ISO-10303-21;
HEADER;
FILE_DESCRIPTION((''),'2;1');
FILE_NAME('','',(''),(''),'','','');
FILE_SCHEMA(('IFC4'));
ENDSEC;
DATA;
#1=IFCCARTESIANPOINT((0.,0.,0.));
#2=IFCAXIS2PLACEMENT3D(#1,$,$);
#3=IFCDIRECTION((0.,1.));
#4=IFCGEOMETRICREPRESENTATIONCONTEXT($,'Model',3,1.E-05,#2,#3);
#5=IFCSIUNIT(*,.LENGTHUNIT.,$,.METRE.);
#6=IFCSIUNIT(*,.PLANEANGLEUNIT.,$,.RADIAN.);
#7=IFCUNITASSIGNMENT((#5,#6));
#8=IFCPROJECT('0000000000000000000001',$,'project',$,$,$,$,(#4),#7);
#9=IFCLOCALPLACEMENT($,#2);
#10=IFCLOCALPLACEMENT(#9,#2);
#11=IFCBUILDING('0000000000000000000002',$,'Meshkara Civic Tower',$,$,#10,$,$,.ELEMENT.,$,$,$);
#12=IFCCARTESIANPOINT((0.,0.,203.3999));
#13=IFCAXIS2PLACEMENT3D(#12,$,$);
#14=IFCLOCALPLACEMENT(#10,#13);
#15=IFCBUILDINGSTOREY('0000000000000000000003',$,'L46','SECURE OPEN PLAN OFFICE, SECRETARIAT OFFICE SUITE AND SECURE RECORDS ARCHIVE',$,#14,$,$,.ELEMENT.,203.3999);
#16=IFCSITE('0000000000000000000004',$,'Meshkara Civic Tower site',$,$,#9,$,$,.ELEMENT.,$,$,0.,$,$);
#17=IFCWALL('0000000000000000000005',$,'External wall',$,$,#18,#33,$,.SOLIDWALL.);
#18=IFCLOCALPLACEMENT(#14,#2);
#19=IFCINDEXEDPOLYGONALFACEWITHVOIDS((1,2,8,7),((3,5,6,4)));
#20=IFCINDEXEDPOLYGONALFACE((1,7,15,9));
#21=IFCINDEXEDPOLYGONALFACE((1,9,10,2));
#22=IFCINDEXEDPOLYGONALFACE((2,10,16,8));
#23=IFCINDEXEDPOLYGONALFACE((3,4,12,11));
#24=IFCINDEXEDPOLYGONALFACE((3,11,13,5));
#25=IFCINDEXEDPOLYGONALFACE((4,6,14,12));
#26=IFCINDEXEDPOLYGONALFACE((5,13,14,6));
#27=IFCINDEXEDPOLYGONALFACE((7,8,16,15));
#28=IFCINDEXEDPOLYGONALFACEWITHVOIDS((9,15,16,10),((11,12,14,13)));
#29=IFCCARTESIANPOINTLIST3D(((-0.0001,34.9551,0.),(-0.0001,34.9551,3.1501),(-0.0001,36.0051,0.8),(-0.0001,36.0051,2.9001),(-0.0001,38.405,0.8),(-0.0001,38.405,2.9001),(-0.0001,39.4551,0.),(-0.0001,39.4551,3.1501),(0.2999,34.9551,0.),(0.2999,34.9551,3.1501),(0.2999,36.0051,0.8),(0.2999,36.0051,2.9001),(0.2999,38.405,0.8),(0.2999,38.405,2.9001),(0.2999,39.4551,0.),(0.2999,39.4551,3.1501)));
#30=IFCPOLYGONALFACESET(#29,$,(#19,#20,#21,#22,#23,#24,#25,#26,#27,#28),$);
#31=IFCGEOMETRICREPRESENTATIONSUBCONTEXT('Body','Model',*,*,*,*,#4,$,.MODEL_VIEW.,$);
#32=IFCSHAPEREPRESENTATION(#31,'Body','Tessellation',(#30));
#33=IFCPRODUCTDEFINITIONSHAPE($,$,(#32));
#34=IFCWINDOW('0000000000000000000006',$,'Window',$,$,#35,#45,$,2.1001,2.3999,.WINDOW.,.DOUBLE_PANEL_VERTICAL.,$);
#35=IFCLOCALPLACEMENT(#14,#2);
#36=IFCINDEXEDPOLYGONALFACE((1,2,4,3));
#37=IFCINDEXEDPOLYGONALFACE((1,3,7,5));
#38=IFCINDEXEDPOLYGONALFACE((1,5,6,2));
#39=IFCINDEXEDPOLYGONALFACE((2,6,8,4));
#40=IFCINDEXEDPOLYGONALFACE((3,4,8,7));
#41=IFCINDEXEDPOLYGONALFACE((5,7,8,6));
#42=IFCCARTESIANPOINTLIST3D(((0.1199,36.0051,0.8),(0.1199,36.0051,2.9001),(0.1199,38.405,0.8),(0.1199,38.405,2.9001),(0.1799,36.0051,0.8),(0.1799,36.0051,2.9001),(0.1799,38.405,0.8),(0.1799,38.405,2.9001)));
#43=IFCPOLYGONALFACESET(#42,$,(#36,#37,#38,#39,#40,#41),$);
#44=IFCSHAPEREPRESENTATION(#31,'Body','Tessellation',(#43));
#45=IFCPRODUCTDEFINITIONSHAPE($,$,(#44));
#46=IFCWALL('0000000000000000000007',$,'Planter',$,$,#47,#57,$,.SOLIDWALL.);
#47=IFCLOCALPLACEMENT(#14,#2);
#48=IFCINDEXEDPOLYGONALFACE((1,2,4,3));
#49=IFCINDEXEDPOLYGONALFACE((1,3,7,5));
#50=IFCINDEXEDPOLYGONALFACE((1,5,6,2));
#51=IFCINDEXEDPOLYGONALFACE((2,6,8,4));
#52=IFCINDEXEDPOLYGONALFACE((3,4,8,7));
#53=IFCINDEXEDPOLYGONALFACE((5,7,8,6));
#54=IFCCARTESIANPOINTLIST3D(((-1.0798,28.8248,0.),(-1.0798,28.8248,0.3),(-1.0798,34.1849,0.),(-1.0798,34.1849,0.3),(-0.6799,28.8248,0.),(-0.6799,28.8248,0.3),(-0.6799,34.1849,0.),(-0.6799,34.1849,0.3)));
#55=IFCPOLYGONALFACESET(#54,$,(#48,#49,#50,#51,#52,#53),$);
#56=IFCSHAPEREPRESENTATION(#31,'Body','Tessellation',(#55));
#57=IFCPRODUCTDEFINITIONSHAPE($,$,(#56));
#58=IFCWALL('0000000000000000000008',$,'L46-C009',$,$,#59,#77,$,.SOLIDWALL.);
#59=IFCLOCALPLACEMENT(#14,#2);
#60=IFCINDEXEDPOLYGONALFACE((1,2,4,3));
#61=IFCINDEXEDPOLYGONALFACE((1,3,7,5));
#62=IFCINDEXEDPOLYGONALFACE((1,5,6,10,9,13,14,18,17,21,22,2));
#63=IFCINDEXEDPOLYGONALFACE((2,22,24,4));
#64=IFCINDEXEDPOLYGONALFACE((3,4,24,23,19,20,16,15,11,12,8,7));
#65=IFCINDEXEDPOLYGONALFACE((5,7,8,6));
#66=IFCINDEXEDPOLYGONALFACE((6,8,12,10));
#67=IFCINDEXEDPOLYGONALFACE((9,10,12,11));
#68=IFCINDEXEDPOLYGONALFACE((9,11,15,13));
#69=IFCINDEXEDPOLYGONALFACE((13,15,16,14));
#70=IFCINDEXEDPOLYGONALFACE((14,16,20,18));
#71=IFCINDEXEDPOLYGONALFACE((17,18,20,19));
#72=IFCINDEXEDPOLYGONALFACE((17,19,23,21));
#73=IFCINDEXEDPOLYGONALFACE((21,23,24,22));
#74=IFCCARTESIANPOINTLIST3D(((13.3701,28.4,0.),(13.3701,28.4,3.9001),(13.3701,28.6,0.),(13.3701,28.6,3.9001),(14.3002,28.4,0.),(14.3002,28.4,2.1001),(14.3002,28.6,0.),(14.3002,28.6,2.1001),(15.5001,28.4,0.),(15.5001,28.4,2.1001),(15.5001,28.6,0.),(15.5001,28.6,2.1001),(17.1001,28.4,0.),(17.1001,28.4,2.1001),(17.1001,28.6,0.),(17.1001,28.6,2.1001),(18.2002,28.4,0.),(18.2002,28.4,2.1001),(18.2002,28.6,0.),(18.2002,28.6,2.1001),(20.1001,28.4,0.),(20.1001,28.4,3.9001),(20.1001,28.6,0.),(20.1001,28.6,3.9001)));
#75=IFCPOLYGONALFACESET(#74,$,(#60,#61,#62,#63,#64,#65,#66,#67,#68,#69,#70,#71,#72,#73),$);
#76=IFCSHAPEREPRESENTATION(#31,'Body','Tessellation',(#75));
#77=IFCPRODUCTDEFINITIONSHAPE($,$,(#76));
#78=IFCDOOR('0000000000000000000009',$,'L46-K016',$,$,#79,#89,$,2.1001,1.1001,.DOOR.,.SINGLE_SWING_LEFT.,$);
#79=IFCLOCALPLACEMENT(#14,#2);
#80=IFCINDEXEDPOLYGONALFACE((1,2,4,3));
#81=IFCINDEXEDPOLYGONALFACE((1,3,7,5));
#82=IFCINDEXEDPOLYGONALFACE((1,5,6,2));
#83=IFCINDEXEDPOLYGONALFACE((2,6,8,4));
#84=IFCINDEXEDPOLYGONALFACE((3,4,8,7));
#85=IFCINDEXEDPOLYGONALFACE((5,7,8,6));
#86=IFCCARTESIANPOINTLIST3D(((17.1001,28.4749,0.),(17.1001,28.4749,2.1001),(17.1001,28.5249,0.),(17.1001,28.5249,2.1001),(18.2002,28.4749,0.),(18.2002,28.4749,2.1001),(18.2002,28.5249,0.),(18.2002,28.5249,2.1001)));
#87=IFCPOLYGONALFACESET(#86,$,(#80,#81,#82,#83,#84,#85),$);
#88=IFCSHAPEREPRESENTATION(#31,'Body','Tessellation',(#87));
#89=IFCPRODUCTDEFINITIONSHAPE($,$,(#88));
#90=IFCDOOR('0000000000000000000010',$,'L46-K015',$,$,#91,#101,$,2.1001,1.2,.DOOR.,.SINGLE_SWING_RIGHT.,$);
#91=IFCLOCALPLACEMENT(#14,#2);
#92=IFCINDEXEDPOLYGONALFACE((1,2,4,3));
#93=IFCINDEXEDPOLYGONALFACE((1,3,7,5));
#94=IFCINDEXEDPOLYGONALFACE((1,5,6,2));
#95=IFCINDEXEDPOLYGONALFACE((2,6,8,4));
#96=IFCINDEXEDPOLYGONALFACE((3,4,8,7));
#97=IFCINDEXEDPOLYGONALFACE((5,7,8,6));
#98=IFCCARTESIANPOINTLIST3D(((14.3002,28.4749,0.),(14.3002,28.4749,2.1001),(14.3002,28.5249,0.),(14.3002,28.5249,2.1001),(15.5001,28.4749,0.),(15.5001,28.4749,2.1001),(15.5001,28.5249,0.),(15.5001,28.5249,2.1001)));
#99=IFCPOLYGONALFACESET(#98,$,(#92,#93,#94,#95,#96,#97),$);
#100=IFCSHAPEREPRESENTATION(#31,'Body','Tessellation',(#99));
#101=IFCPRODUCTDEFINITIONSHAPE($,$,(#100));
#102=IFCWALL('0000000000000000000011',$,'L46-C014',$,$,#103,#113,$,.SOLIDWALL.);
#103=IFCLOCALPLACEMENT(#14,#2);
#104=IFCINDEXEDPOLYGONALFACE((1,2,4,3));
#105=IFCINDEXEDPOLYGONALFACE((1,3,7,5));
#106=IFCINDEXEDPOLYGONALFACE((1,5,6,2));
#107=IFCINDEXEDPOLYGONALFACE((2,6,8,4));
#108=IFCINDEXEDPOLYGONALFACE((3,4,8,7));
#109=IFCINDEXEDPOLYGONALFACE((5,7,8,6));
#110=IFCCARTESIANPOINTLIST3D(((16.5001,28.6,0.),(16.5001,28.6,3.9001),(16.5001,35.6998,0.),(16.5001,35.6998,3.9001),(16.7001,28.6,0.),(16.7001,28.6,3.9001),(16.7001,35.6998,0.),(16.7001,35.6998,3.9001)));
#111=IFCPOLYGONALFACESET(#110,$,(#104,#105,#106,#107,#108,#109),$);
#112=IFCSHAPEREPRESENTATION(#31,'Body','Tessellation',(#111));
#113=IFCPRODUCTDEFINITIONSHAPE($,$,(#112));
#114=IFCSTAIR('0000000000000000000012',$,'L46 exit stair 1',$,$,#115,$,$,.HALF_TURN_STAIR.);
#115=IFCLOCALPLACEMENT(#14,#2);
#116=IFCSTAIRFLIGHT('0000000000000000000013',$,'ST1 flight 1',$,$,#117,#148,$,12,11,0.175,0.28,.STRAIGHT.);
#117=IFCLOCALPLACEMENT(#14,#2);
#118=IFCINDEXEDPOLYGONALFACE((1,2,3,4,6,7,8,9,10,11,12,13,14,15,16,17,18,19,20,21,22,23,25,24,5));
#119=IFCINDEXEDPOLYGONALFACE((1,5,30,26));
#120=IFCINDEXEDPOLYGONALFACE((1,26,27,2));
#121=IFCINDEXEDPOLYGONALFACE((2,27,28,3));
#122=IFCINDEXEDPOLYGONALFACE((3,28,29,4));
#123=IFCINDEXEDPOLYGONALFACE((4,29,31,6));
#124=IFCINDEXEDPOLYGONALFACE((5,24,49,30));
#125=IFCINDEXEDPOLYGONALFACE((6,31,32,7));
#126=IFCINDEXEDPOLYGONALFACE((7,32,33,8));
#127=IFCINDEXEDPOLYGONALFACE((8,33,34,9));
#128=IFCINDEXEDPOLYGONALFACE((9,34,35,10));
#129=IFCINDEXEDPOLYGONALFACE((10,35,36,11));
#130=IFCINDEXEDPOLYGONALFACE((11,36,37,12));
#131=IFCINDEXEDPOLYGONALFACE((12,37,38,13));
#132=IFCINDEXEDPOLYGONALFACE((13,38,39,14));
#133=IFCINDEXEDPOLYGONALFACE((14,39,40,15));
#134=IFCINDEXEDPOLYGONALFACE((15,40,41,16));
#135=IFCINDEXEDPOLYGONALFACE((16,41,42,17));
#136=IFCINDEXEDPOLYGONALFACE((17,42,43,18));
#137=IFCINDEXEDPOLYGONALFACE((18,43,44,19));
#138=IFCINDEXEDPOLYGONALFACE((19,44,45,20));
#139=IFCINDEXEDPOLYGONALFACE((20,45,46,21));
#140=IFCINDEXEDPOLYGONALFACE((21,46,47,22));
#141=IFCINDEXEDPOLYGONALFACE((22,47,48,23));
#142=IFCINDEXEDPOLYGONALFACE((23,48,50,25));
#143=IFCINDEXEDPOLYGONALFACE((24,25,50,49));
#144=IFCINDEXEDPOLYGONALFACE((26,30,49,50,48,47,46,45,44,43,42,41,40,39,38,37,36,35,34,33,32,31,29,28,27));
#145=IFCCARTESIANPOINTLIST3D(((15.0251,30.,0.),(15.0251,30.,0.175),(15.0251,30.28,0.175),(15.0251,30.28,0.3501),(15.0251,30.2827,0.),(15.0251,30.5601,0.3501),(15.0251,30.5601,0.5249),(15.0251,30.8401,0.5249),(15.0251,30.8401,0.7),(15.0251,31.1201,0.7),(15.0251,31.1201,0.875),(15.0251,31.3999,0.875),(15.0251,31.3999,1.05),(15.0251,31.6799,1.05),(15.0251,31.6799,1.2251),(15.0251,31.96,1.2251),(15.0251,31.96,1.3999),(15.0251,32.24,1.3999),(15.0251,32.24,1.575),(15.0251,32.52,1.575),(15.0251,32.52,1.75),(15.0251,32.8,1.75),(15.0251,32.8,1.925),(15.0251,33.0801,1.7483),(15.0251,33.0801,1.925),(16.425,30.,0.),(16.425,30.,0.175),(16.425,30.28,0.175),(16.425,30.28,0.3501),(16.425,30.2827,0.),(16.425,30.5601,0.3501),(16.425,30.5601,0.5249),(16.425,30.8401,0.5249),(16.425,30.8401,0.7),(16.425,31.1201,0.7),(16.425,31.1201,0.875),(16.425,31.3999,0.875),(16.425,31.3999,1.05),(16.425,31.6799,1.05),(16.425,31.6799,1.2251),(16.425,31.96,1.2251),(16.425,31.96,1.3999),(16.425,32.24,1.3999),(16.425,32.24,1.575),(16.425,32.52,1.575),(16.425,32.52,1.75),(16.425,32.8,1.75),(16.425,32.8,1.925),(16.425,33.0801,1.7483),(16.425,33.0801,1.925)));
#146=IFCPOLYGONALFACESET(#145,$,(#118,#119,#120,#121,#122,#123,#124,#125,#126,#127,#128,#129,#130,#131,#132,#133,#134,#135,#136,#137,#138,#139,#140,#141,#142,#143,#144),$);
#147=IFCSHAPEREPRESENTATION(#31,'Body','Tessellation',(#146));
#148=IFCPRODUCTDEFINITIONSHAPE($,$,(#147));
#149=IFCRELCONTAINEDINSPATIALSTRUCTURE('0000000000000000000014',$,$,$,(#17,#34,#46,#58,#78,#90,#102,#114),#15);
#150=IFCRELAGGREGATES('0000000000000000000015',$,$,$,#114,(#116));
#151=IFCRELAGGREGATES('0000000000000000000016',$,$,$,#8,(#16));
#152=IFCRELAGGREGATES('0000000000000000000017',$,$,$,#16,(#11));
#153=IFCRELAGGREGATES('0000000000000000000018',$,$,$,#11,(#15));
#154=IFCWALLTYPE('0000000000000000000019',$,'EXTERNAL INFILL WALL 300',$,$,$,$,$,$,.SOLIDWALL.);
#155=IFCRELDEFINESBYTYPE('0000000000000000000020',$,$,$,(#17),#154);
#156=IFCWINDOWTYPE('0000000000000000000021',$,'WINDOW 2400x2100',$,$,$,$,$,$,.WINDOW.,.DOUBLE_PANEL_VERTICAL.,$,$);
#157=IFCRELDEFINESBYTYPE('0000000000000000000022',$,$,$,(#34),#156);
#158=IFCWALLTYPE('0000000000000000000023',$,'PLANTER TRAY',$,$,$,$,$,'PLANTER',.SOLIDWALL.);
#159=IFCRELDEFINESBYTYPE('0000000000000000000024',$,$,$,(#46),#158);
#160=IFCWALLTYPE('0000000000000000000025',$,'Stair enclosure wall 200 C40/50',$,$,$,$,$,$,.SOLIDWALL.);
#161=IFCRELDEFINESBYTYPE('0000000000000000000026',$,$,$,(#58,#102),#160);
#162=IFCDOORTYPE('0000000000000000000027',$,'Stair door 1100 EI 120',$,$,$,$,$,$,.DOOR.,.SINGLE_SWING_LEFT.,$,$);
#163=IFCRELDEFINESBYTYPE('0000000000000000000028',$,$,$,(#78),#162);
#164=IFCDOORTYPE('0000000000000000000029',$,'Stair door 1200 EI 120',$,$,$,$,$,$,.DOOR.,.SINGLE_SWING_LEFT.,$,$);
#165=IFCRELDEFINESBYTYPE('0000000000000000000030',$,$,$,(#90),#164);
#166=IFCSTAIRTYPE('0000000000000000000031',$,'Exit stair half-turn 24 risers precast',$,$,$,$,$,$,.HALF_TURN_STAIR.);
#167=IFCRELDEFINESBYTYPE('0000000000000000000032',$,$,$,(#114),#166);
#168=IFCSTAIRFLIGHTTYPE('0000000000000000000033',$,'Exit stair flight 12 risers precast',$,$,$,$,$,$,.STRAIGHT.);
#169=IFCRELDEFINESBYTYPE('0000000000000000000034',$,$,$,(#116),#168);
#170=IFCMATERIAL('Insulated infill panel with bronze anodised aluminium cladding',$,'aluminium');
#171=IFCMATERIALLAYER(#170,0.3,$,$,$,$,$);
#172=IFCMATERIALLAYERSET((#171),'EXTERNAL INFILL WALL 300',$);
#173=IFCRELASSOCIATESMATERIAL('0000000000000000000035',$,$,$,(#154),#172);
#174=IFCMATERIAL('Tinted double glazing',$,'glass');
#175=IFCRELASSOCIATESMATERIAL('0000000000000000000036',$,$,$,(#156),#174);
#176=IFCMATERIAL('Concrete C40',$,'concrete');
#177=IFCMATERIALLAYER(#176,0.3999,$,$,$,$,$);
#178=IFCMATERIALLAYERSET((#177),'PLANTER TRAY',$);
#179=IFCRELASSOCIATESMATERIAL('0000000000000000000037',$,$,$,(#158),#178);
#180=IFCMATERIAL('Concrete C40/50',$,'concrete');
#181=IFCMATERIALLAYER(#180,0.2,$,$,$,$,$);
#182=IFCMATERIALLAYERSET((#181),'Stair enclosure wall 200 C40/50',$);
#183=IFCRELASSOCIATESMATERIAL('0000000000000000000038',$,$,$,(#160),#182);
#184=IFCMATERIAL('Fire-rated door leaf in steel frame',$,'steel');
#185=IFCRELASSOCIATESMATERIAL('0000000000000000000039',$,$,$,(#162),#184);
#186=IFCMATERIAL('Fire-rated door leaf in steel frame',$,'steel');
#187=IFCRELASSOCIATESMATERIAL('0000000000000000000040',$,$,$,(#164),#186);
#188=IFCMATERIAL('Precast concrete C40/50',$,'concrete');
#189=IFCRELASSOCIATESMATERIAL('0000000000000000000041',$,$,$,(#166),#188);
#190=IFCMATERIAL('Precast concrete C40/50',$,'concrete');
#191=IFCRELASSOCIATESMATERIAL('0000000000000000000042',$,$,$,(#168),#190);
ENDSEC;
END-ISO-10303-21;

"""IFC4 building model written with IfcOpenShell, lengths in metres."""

from ifc_helpers import new_model, si_unit, direction, frame, frame_2d, origin, place, context, subcontext, project, spatial, polyline, rectangle, outline, extrude, material, layer, layer_set, type_object, element, fill, aggregate, save


model = new_model("IFC4")

# Units and contexts
model_context = context("Model", 3, precision=1e-05, world=origin(), true_north=direction((0.0, 1.0)))
body_context = subcontext(model_context, "Body", "Model", "MODEL_VIEW")
ifc_project = project(units=[si_unit("LENGTHUNIT", "METRE"), si_unit("PLANEANGLEUNIT", "RADIAN")], contexts=[model_context])

# Site, building, storey
site_placement = place(None, origin())
site = spatial("IfcSite", under=ifc_project, at=site_placement, Name="Meshkara Civic Tower site", CompositionType="ELEMENT", RefElevation=0.0)
building_placement = place(site_placement, origin())
building = spatial("IfcBuilding", under=site, at=building_placement, Name="Meshkara Civic Tower", CompositionType="ELEMENT")
storey_placement = place(building_placement, frame((0.0, 0.0, 203.3999)))
storey = spatial("IfcBuildingStorey", under=building, at=storey_placement, Name="L46", Description="SECURE OPEN PLAN OFFICE, SECRETARIAT OFFICE SUITE AND SECURE RECORDS ARCHIVE", CompositionType="ELEMENT", Elevation=203.3999)

# Wall, opening, window
ifc_material_1 = material(Name="Insulated infill panel with bronze anodised aluminium cladding", Category="aluminium")
ifc_layer_1 = layer(ifc_material_1, 0.3)
ifc_layer_set_1 = layer_set([ifc_layer_1], Name="EXTERNAL INFILL WALL 300")
wall_type_1 = type_object("IfcWallType", Name="EXTERNAL INFILL WALL 300", PredefinedType="SOLIDWALL", material=ifc_layer_set_1)
wall_1_placement = place(storey_placement, frame((0.1499, 39.4551, 0.0), z_axis=(0.0, 0.0, 1.0), x_axis=(0.0, -1.0, 0.0)))
wall_1 = element("IfcWall", 1, at=wall_1_placement, inside=storey, type_object=wall_type_1, Name="External wall", PredefinedType="SOLIDWALL", context=body_context, shape_type="SweptSolid", body=[
    extrude(rectangle(XDim=4.5, YDim=0.3, at=frame_2d((2.25, 0.0))), origin(), (0.0, 0.0, 1.0), 3.1501),
])
opening_1_placement = place(wall_1_placement, frame((1.05, 0.0, 0.8)))
opening_1 = element("IfcOpeningElement", 2, at=opening_1_placement, cuts=wall_1, PredefinedType="OPENING", context=body_context, shape_type="SweptSolid", body=[
    extrude(rectangle(XDim=2.3999, YDim=2.1001, at=frame_2d((1.2, 1.05))), frame((0.0, 0.1599, 0.0), z_axis=(0.0, -1.0, 0.0), x_axis=(1.0, 0.0, 0.0)), (0.0, 0.0, 1.0), 0.3201),
])
ifc_material_2 = material(Name="Tinted double glazing", Category="glass")
window_type = type_object("IfcWindowType", Name="WINDOW 2400x2100", PartitioningType="DOUBLE_PANEL_VERTICAL", PredefinedType="WINDOW", material=ifc_material_2)
window_placement = place(opening_1_placement, origin())
window = element("IfcWindow", 3, at=window_placement, inside=storey, type_object=window_type, Name="Window", OverallHeight=2.1001, OverallWidth=2.3999, PartitioningType="DOUBLE_PANEL_VERTICAL", PredefinedType="WINDOW", context=body_context, shape_type="SweptSolid", body=[
    extrude(rectangle(XDim=2.3999, YDim=2.1001, at=frame_2d((1.2, 1.05))), frame((0.0, 0.03, 0.0), z_axis=(0.0, -1.0, 0.0), x_axis=(1.0, 0.0, 0.0)), (0.0, 0.0, 1.0), 0.0601),
])
fill(opening_1, window)

# Wall
ifc_material_3 = material(Name="Concrete C40", Category="concrete")
ifc_layer_2 = layer(ifc_material_3, 0.3999)
ifc_layer_set_2 = layer_set([ifc_layer_2], Name="PLANTER TRAY")
wall_type_2 = type_object("IfcWallType", Name="PLANTER TRAY", ElementType="PLANTER", PredefinedType="SOLIDWALL", material=ifc_layer_set_2)
wall_2_placement = place(storey_placement, frame((-0.8799, 34.1851, 0.0), z_axis=(0.0, 0.0, 1.0), x_axis=(0.0, -1.0, 0.0)))
element("IfcWall", 4, at=wall_2_placement, inside=storey, type_object=wall_type_2, Name="Planter", PredefinedType="SOLIDWALL", context=body_context, shape_type="SweptSolid", body=[
    extrude(rectangle(XDim=5.3601, YDim=0.3999, at=frame_2d((2.6802, 0.0))), origin(), (0.0, 0.0, 1.0), 0.3),
])

# Wall, openings, doors
ifc_material_4 = material(Name="Concrete C40/50", Category="concrete")
ifc_layer_3 = layer(ifc_material_4, 0.2)
ifc_layer_set_3 = layer_set([ifc_layer_3], Name="Stair enclosure wall 200 C40/50")
wall_type_3 = type_object("IfcWallType", Name="Stair enclosure wall 200 C40/50", PredefinedType="SOLIDWALL", material=ifc_layer_set_3)
wall_3_placement = place(storey_placement, frame((13.3701, 28.5, 0.0), z_axis=(0.0, 0.0, 1.0), x_axis=(1.0, 0.0, 0.0)))
wall_3 = element("IfcWall", 5, at=wall_3_placement, inside=storey, type_object=wall_type_3, Name="L46-C009", PredefinedType="SOLIDWALL", context=body_context, shape_type="SweptSolid", body=[
    extrude(rectangle(XDim=6.73, YDim=0.2, at=frame_2d((3.365, 0.0))), origin(), (0.0, 0.0, 1.0), 3.9001),
])
opening_2_placement = place(wall_3_placement, frame((0.9299, 0.0, 0.0)))
opening_2 = element("IfcOpeningElement", 6, at=opening_2_placement, cuts=wall_3, PredefinedType="OPENING", context=body_context, shape_type="SweptSolid", body=[
    extrude(rectangle(XDim=1.2, YDim=2.1001, at=frame_2d((0.6001, 1.05))), frame((0.0, 0.1099, 0.0), z_axis=(0.0, -1.0, 0.0), x_axis=(1.0, 0.0, 0.0)), (0.0, 0.0, 1.0), 0.22),
])
opening_3_placement = place(wall_3_placement, frame((3.73, 0.0, 0.0)))
opening_3 = element("IfcOpeningElement", 7, at=opening_3_placement, cuts=wall_3, PredefinedType="OPENING", context=body_context, shape_type="SweptSolid", body=[
    extrude(rectangle(XDim=1.1001, YDim=2.1001, at=frame_2d((0.55, 1.05))), frame((0.0, 0.1099, 0.0), z_axis=(0.0, -1.0, 0.0), x_axis=(1.0, 0.0, 0.0)), (0.0, 0.0, 1.0), 0.22),
])
ifc_material_5 = material(Name="Fire-rated door leaf in steel frame", Category="steel")
door_type_1 = type_object("IfcDoorType", Name="Stair door 1100 EI 120", OperationType="SINGLE_SWING_LEFT", PredefinedType="DOOR", material=ifc_material_5)
door_1_placement = place(opening_3_placement, origin())
door_1 = element("IfcDoor", 8, at=door_1_placement, inside=storey, type_object=door_type_1, Name="L46-K016", OperationType="SINGLE_SWING_LEFT", OverallHeight=2.1001, OverallWidth=1.1001, PredefinedType="DOOR", context=body_context, shape_type="SweptSolid", body=[
    extrude(rectangle(XDim=1.1001, YDim=2.1001, at=frame_2d((0.55, 1.05))), frame((0.0, 0.0249, 0.0), z_axis=(0.0, -1.0, 0.0), x_axis=(1.0, 0.0, 0.0)), (0.0, 0.0, 1.0), 0.05),
])
fill(opening_3, door_1)
ifc_material_6 = material(Name="Fire-rated door leaf in steel frame", Category="steel")
door_type_2 = type_object("IfcDoorType", Name="Stair door 1200 EI 120", OperationType="SINGLE_SWING_LEFT", PredefinedType="DOOR", material=ifc_material_6)
door_2_placement = place(opening_2_placement, origin())
door_2 = element("IfcDoor", 9, at=door_2_placement, inside=storey, type_object=door_type_2, Name="L46-K015", OperationType="SINGLE_SWING_RIGHT", OverallHeight=2.1001, OverallWidth=1.2, PredefinedType="DOOR", context=body_context, shape_type="SweptSolid", body=[
    extrude(rectangle(XDim=1.2, YDim=2.1001, at=frame_2d((0.6001, 1.05))), frame((0.0, 0.0249, 0.0), z_axis=(0.0, -1.0, 0.0), x_axis=(1.0, 0.0, 0.0)), (0.0, 0.0, 1.0), 0.05),
])
fill(opening_2, door_2)

# Wall
wall_4_placement = place(storey_placement, frame((16.6001, 28.6001, 0.0), z_axis=(0.0, 0.0, 1.0), x_axis=(0.0, 1.0, 0.0)))
element("IfcWall", 10, at=wall_4_placement, inside=storey, type_object=wall_type_3, Name="L46-C014", PredefinedType="SOLIDWALL", context=body_context, shape_type="SweptSolid", body=[
    extrude(rectangle(XDim=7.0999, YDim=0.2, at=frame_2d((3.5498, 0.0))), origin(), (0.0, 0.0, 1.0), 3.9001),
])

# Stair, stair flight
ifc_material_7 = material(Name="Precast concrete C40/50", Category="concrete")
stair_type = type_object("IfcStairType", Name="Exit stair half-turn 24 risers precast", PredefinedType="HALF_TURN_STAIR", material=ifc_material_7)
stair_1_placement = place(storey_placement, origin())
stair_1 = element("IfcStair", 11, at=stair_1_placement, inside=storey, type_object=stair_type, Name="L46 exit stair 1", PredefinedType="HALF_TURN_STAIR")
ifc_material_8 = material(Name="Precast concrete C40/50", Category="concrete")
stair_flight_type = type_object("IfcStairFlightType", Name="Exit stair flight 12 risers precast", PredefinedType="STRAIGHT", material=ifc_material_8)
stair_flight_1_placement = place(storey_placement, frame((15.7251, 30.0, 0.0), z_axis=(0.0, 0.0, 1.0), x_axis=(0.0, 1.0, 0.0)))
stair_flight_1 = element("IfcStairFlight", 12, at=stair_flight_1_placement, type_object=stair_flight_type, Name="ST1 flight 1", NumberOfRisers=12, NumberOfTreads=11, PredefinedType="STRAIGHT", RiserHeight=0.175, TreadLength=0.28, context=body_context, shape_type="SweptSolid", body=[
    extrude(outline(polyline([(0.0, 0.0), (0.0, 0.175), (0.28, 0.175), (0.28, 0.3501), (0.5601, 0.3501), (0.5601, 0.5249), (0.8401, 0.5249), (0.8401, 0.7), (1.1201, 0.7), (1.1201, 0.875), (1.3999, 0.875), (1.3999, 1.05), (1.6799, 1.05), (1.6799, 1.2251), (1.96, 1.2251), (1.96, 1.3999), (2.24, 1.3999), (2.24, 1.575), (2.52, 1.575), (2.52, 1.75), (2.8, 1.75), (2.8, 1.925), (3.0801, 1.925), (3.0801, 2.1001), (3.0801, 1.7483), (0.2827, 0.0), (0.0, 0.0)])), frame((0.0, 0.7, 0.0), z_axis=(0.0, -1.0, 0.0), x_axis=(1.0, 0.0, 0.0)), (0.0, 0.0, 1.0), 1.3999),
])
aggregate(stair_1, [stair_flight_1])

save(model, "model.ifc")
